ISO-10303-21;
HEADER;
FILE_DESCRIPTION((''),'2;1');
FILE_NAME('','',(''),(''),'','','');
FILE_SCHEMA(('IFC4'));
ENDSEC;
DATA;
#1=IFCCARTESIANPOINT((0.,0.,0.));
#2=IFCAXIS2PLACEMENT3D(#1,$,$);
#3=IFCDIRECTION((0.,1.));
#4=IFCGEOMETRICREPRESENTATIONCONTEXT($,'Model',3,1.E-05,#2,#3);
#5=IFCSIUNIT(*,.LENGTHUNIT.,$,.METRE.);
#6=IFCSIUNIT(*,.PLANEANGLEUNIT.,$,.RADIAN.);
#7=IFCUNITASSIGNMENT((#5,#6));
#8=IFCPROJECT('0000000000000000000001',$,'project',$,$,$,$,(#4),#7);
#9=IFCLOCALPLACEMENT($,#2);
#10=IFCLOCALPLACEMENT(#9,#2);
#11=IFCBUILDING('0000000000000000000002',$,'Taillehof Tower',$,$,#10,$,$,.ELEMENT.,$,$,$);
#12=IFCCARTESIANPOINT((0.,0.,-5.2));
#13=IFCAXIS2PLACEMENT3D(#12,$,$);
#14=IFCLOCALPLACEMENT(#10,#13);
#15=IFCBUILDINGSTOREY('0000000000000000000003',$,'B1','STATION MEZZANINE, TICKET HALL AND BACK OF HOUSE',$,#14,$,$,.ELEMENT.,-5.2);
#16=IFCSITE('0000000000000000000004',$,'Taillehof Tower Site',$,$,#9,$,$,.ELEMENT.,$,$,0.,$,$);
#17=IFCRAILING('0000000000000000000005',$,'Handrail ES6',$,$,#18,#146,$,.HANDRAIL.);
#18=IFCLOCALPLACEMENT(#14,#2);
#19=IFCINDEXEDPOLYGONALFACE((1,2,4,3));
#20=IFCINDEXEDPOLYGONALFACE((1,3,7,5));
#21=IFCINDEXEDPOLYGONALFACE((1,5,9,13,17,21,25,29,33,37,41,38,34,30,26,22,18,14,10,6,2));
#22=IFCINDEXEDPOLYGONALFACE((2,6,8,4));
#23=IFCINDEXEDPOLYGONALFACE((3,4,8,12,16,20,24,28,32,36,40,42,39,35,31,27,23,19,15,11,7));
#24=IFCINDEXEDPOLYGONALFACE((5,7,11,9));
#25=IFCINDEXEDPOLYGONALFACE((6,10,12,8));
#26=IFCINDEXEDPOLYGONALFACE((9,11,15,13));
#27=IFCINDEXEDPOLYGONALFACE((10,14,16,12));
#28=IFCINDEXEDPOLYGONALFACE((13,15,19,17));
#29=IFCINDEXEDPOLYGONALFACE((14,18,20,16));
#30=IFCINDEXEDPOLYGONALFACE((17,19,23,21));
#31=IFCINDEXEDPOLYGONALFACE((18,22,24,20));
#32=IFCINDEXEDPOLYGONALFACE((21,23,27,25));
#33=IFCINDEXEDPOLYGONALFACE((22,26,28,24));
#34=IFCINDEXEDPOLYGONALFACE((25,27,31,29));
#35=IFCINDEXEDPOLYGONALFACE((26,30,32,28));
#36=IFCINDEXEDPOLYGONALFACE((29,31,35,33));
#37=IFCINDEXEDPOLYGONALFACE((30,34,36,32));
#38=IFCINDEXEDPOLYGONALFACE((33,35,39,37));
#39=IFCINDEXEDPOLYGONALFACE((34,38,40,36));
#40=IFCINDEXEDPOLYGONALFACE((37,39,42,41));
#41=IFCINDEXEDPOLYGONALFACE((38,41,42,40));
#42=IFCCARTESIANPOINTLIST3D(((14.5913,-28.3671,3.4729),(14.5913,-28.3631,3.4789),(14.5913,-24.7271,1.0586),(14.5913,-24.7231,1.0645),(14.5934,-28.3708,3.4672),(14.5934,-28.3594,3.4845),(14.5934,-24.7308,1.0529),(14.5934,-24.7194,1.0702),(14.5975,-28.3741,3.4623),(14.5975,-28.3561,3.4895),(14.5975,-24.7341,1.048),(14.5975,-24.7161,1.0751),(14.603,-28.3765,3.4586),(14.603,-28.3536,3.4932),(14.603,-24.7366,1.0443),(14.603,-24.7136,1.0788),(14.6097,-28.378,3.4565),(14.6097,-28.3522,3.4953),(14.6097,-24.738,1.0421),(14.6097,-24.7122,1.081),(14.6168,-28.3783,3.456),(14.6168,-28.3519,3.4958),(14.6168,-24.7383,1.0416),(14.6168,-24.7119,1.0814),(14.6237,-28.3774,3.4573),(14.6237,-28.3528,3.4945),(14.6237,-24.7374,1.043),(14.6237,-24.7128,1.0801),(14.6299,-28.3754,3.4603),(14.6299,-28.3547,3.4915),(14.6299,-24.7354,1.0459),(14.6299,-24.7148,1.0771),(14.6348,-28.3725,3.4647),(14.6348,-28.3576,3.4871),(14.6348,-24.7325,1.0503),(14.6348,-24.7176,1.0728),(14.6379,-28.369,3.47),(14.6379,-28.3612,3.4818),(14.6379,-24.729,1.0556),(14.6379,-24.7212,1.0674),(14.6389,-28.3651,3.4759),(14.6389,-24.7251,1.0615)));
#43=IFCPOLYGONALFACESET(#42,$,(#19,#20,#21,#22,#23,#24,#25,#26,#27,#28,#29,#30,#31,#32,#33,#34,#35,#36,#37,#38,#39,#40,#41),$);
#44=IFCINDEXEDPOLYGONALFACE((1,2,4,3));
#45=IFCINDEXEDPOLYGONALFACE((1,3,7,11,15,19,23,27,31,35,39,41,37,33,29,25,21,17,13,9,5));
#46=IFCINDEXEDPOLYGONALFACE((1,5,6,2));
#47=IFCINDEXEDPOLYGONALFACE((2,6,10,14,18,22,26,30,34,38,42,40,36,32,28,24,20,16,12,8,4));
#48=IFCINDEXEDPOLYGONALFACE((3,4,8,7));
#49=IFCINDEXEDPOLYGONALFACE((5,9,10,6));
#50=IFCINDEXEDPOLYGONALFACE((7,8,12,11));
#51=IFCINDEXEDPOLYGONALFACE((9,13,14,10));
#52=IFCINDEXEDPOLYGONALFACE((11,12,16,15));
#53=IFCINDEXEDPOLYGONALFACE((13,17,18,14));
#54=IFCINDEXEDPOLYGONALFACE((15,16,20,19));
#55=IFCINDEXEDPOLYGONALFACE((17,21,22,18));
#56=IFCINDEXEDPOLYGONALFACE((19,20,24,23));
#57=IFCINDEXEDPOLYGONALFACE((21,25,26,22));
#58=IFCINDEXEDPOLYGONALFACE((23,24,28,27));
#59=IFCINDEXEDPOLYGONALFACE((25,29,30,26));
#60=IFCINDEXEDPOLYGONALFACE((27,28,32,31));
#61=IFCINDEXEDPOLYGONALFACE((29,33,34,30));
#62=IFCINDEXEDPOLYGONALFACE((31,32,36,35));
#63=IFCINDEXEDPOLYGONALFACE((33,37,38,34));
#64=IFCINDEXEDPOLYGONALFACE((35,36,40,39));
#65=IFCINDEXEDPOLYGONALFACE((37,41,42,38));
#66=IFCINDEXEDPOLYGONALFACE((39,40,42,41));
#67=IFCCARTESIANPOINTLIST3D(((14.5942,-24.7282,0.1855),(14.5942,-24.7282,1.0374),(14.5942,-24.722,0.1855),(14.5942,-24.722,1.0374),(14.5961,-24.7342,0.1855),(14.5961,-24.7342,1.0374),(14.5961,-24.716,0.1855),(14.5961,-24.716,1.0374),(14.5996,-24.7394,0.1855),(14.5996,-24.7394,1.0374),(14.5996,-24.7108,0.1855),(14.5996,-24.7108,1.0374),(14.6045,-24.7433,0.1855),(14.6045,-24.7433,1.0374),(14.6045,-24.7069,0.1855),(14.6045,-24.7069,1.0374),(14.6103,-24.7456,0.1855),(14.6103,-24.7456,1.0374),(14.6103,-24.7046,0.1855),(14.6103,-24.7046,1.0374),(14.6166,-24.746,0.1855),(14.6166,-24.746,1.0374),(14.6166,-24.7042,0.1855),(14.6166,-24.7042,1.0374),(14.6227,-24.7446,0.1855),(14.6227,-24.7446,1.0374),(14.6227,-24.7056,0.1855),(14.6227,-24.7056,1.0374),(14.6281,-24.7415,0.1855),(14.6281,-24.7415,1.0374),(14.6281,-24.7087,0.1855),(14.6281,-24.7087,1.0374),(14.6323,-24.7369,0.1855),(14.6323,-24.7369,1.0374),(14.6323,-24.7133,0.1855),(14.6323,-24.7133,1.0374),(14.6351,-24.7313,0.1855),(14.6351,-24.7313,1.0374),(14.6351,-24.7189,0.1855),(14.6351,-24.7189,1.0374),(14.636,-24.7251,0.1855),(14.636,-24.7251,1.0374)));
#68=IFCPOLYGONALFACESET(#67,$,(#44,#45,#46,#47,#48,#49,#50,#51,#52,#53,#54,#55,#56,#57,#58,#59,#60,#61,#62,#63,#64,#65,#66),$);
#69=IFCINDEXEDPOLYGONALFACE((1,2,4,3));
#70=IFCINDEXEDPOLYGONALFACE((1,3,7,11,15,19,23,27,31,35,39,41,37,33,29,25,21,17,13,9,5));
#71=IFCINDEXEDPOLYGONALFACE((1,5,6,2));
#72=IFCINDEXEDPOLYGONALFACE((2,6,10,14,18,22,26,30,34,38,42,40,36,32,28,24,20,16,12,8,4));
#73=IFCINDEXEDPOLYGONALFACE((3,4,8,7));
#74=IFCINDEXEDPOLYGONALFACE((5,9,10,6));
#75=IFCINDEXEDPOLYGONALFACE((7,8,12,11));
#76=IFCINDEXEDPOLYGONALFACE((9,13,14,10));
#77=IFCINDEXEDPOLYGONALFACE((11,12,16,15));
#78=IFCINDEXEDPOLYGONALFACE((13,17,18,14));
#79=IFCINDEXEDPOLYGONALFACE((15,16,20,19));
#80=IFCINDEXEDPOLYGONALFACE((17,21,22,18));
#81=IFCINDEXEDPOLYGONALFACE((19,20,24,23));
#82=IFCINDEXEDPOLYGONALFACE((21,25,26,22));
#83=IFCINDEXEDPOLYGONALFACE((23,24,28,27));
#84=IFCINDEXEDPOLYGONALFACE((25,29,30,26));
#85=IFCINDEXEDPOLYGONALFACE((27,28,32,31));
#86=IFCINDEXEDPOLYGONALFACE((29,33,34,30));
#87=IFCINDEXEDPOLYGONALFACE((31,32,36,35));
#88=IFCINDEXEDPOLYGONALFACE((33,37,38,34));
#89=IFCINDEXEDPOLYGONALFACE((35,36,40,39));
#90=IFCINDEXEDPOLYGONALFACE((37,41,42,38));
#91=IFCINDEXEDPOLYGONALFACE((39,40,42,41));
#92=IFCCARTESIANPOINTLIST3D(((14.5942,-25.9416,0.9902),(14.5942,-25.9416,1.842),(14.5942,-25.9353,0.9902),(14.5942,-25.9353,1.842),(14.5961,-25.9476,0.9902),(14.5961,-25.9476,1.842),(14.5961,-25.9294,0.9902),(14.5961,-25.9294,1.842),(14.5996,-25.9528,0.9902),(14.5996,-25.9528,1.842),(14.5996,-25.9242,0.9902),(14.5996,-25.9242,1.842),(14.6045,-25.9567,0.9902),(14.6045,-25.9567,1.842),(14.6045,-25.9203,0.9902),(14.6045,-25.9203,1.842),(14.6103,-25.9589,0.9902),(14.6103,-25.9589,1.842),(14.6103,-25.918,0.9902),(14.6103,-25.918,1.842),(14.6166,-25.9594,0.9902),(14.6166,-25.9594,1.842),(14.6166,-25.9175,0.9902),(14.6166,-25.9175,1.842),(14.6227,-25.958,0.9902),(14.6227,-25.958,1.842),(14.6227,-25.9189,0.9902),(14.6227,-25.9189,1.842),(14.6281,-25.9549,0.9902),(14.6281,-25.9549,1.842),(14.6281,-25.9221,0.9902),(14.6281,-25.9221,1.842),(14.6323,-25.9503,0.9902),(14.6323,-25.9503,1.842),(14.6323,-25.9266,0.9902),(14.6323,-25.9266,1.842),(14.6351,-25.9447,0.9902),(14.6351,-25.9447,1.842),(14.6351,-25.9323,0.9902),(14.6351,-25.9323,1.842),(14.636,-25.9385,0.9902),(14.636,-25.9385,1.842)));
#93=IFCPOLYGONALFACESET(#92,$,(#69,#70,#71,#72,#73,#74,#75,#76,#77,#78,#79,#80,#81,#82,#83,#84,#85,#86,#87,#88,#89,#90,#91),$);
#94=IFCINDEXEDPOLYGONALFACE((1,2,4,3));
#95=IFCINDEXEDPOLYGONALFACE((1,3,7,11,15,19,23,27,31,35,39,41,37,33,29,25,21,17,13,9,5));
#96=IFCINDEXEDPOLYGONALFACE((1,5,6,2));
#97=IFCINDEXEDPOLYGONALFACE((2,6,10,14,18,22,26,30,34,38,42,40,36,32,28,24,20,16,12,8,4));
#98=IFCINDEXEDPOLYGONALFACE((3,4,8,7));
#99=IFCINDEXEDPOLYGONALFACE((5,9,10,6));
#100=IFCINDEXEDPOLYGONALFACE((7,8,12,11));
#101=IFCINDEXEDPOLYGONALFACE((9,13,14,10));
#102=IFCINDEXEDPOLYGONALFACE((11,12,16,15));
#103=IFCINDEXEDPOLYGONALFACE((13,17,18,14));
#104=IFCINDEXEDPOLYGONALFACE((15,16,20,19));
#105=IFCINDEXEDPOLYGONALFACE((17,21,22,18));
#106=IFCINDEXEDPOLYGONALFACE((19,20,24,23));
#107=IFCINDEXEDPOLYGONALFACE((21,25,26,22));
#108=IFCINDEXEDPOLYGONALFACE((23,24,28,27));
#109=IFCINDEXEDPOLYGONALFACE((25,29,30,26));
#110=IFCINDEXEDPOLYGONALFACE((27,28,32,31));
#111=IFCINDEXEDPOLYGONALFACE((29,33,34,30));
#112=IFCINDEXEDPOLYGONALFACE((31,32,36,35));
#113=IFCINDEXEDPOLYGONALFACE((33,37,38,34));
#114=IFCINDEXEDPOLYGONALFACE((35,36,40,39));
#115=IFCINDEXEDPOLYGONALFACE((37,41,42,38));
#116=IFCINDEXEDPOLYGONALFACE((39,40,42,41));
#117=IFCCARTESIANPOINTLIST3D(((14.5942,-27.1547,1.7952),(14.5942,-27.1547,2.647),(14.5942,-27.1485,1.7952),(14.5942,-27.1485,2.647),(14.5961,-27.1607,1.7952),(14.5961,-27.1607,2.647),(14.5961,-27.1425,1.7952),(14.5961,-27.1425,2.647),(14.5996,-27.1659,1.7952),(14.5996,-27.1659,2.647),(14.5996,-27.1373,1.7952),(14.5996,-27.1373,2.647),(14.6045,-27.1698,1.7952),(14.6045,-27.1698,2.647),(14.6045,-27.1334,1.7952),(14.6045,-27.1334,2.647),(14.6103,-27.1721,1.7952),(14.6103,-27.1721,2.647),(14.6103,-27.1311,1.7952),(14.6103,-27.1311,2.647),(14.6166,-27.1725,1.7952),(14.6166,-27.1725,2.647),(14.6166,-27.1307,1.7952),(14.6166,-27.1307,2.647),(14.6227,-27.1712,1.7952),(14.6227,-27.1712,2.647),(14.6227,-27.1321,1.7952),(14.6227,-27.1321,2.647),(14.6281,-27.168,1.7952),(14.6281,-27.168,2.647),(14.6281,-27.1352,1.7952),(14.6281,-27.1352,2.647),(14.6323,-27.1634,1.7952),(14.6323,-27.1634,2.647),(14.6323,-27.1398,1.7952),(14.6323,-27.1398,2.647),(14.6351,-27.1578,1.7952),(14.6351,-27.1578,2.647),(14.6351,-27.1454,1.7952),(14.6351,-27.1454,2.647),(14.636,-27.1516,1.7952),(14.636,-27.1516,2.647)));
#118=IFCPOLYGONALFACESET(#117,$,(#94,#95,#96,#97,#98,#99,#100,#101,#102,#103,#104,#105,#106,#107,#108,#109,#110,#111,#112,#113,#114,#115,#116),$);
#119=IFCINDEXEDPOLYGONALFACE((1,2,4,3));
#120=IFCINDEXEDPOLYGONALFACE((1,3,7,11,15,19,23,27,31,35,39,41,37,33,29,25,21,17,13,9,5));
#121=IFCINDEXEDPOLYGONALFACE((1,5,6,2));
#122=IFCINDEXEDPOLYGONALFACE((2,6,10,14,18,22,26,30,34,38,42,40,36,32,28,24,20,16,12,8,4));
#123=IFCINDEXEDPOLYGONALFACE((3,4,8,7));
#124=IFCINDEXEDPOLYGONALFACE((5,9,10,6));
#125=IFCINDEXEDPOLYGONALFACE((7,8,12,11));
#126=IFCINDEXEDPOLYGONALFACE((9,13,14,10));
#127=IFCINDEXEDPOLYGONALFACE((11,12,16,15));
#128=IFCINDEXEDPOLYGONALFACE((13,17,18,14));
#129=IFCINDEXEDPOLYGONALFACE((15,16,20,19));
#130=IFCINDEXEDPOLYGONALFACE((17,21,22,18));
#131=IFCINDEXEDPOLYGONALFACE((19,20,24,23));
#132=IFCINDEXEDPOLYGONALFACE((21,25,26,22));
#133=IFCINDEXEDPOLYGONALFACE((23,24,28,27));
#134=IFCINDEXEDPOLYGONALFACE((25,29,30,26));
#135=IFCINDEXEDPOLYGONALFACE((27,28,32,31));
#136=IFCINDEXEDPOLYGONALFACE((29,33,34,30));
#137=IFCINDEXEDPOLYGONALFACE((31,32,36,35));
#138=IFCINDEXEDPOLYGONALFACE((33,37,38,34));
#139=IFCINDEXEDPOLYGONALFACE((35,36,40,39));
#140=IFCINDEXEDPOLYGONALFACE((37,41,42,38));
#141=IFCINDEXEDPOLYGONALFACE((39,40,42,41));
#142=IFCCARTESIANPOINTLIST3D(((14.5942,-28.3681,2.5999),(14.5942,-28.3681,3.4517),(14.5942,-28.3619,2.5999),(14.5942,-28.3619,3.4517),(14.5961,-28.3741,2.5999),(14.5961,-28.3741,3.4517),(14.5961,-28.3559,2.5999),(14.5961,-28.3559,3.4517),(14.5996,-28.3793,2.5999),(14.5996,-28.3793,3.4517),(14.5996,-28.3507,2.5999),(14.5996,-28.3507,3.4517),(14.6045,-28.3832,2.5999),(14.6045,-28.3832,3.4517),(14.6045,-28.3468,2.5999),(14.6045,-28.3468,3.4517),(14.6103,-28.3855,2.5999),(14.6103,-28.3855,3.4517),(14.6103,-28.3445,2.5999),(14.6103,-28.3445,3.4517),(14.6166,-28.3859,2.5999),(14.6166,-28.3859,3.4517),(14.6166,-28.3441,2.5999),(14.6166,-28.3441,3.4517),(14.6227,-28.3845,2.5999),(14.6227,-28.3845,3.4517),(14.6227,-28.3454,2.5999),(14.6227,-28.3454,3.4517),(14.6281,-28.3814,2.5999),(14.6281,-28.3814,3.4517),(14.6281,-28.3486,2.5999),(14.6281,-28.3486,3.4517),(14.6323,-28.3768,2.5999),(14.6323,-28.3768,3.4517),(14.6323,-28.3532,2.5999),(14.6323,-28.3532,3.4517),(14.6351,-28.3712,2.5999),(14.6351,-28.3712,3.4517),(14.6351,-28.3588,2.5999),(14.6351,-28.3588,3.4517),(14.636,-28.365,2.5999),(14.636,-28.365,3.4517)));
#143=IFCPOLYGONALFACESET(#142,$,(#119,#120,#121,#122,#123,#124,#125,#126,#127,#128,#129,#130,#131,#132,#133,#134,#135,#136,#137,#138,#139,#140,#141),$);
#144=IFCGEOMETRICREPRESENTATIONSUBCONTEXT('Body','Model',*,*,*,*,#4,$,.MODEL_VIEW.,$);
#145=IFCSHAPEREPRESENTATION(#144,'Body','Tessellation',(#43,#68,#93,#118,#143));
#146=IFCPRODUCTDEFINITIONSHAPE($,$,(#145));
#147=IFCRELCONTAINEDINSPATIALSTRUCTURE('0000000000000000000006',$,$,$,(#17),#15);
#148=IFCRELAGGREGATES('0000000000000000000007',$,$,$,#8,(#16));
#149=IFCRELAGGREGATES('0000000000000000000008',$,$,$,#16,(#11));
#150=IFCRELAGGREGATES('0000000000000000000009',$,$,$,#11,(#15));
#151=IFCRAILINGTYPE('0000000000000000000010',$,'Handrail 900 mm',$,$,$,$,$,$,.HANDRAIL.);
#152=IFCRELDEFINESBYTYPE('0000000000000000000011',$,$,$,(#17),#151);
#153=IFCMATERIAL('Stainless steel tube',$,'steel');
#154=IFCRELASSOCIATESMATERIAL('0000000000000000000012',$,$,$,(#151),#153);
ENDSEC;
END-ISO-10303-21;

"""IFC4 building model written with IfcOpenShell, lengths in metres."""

from ifc_helpers import new_model, si_unit, direction, frame, origin, origin_2d, place, context, subcontext, project, spatial, circle, extrude, material, type_object, element, save


model = new_model("IFC4")

# Units and contexts
model_context = context("Model", 3, precision=1e-05, world=origin(), true_north=direction((0.0, 1.0)))
body_context = subcontext(model_context, "Body", "Model", "MODEL_VIEW")
ifc_project = project(units=[si_unit("LENGTHUNIT", "METRE"), si_unit("PLANEANGLEUNIT", "RADIAN")], contexts=[model_context])

# Site, building, storey
site_placement = place(None, origin())
site = spatial("IfcSite", under=ifc_project, at=site_placement, Name="Taillehof Tower Site", CompositionType="ELEMENT", RefElevation=0.0)
building_placement = place(site_placement, origin())
building = spatial("IfcBuilding", under=site, at=building_placement, Name="Taillehof Tower", CompositionType="ELEMENT")
storey_placement = place(building_placement, frame((0.0, 0.0, -5.2)))
storey = spatial("IfcBuildingStorey", under=building, at=storey_placement, Name="B1", Description="STATION MEZZANINE, TICKET HALL AND BACK OF HOUSE", CompositionType="ELEMENT", Elevation=-5.2)

# Railing
ifc_material_1 = material(Name="Stainless steel tube", Category="steel")
railing_type_1 = type_object("IfcRailingType", Name="Handrail 900 mm", PredefinedType="HANDRAIL", material=ifc_material_1)
for number, where, name in (
    (1, (14.615, -24.7251, 0.1855), "Handrail ES6"),
):
    element("IfcRailing", number, at=place(storey_placement, frame(where)), inside=storey, type_object=railing_type_1, Name=name, PredefinedType="HANDRAIL", context=body_context, shape_type="SweptSolid", body=[
        extrude(circle(Radius=0.0239, at=origin_2d()), frame((0.0, 0.0, 0.876), z_axis=(0.0, -0.833347, 0.552751), x_axis=(1.0, 0.0, 0.0)), (0.0, 0.0, 1.0), 4.3679),
        extrude(circle(Radius=0.021, at=origin_2d()), origin(), (0.0, 0.0, 1.0), 0.8518),
        extrude(circle(Radius=0.021, at=origin_2d()), frame((0.0, -1.2134, 0.8047)), (0.0, 0.0, 1.0), 0.8518),
        extrude(circle(Radius=0.021, at=origin_2d()), frame((0.0, -2.4265, 1.6096)), (0.0, 0.0, 1.0), 0.8518),
        extrude(circle(Radius=0.021, at=origin_2d()), frame((0.0, -3.6399, 2.4143)), (0.0, 0.0, 1.0), 0.8518),
    ])

save(model, "model.ifc")
